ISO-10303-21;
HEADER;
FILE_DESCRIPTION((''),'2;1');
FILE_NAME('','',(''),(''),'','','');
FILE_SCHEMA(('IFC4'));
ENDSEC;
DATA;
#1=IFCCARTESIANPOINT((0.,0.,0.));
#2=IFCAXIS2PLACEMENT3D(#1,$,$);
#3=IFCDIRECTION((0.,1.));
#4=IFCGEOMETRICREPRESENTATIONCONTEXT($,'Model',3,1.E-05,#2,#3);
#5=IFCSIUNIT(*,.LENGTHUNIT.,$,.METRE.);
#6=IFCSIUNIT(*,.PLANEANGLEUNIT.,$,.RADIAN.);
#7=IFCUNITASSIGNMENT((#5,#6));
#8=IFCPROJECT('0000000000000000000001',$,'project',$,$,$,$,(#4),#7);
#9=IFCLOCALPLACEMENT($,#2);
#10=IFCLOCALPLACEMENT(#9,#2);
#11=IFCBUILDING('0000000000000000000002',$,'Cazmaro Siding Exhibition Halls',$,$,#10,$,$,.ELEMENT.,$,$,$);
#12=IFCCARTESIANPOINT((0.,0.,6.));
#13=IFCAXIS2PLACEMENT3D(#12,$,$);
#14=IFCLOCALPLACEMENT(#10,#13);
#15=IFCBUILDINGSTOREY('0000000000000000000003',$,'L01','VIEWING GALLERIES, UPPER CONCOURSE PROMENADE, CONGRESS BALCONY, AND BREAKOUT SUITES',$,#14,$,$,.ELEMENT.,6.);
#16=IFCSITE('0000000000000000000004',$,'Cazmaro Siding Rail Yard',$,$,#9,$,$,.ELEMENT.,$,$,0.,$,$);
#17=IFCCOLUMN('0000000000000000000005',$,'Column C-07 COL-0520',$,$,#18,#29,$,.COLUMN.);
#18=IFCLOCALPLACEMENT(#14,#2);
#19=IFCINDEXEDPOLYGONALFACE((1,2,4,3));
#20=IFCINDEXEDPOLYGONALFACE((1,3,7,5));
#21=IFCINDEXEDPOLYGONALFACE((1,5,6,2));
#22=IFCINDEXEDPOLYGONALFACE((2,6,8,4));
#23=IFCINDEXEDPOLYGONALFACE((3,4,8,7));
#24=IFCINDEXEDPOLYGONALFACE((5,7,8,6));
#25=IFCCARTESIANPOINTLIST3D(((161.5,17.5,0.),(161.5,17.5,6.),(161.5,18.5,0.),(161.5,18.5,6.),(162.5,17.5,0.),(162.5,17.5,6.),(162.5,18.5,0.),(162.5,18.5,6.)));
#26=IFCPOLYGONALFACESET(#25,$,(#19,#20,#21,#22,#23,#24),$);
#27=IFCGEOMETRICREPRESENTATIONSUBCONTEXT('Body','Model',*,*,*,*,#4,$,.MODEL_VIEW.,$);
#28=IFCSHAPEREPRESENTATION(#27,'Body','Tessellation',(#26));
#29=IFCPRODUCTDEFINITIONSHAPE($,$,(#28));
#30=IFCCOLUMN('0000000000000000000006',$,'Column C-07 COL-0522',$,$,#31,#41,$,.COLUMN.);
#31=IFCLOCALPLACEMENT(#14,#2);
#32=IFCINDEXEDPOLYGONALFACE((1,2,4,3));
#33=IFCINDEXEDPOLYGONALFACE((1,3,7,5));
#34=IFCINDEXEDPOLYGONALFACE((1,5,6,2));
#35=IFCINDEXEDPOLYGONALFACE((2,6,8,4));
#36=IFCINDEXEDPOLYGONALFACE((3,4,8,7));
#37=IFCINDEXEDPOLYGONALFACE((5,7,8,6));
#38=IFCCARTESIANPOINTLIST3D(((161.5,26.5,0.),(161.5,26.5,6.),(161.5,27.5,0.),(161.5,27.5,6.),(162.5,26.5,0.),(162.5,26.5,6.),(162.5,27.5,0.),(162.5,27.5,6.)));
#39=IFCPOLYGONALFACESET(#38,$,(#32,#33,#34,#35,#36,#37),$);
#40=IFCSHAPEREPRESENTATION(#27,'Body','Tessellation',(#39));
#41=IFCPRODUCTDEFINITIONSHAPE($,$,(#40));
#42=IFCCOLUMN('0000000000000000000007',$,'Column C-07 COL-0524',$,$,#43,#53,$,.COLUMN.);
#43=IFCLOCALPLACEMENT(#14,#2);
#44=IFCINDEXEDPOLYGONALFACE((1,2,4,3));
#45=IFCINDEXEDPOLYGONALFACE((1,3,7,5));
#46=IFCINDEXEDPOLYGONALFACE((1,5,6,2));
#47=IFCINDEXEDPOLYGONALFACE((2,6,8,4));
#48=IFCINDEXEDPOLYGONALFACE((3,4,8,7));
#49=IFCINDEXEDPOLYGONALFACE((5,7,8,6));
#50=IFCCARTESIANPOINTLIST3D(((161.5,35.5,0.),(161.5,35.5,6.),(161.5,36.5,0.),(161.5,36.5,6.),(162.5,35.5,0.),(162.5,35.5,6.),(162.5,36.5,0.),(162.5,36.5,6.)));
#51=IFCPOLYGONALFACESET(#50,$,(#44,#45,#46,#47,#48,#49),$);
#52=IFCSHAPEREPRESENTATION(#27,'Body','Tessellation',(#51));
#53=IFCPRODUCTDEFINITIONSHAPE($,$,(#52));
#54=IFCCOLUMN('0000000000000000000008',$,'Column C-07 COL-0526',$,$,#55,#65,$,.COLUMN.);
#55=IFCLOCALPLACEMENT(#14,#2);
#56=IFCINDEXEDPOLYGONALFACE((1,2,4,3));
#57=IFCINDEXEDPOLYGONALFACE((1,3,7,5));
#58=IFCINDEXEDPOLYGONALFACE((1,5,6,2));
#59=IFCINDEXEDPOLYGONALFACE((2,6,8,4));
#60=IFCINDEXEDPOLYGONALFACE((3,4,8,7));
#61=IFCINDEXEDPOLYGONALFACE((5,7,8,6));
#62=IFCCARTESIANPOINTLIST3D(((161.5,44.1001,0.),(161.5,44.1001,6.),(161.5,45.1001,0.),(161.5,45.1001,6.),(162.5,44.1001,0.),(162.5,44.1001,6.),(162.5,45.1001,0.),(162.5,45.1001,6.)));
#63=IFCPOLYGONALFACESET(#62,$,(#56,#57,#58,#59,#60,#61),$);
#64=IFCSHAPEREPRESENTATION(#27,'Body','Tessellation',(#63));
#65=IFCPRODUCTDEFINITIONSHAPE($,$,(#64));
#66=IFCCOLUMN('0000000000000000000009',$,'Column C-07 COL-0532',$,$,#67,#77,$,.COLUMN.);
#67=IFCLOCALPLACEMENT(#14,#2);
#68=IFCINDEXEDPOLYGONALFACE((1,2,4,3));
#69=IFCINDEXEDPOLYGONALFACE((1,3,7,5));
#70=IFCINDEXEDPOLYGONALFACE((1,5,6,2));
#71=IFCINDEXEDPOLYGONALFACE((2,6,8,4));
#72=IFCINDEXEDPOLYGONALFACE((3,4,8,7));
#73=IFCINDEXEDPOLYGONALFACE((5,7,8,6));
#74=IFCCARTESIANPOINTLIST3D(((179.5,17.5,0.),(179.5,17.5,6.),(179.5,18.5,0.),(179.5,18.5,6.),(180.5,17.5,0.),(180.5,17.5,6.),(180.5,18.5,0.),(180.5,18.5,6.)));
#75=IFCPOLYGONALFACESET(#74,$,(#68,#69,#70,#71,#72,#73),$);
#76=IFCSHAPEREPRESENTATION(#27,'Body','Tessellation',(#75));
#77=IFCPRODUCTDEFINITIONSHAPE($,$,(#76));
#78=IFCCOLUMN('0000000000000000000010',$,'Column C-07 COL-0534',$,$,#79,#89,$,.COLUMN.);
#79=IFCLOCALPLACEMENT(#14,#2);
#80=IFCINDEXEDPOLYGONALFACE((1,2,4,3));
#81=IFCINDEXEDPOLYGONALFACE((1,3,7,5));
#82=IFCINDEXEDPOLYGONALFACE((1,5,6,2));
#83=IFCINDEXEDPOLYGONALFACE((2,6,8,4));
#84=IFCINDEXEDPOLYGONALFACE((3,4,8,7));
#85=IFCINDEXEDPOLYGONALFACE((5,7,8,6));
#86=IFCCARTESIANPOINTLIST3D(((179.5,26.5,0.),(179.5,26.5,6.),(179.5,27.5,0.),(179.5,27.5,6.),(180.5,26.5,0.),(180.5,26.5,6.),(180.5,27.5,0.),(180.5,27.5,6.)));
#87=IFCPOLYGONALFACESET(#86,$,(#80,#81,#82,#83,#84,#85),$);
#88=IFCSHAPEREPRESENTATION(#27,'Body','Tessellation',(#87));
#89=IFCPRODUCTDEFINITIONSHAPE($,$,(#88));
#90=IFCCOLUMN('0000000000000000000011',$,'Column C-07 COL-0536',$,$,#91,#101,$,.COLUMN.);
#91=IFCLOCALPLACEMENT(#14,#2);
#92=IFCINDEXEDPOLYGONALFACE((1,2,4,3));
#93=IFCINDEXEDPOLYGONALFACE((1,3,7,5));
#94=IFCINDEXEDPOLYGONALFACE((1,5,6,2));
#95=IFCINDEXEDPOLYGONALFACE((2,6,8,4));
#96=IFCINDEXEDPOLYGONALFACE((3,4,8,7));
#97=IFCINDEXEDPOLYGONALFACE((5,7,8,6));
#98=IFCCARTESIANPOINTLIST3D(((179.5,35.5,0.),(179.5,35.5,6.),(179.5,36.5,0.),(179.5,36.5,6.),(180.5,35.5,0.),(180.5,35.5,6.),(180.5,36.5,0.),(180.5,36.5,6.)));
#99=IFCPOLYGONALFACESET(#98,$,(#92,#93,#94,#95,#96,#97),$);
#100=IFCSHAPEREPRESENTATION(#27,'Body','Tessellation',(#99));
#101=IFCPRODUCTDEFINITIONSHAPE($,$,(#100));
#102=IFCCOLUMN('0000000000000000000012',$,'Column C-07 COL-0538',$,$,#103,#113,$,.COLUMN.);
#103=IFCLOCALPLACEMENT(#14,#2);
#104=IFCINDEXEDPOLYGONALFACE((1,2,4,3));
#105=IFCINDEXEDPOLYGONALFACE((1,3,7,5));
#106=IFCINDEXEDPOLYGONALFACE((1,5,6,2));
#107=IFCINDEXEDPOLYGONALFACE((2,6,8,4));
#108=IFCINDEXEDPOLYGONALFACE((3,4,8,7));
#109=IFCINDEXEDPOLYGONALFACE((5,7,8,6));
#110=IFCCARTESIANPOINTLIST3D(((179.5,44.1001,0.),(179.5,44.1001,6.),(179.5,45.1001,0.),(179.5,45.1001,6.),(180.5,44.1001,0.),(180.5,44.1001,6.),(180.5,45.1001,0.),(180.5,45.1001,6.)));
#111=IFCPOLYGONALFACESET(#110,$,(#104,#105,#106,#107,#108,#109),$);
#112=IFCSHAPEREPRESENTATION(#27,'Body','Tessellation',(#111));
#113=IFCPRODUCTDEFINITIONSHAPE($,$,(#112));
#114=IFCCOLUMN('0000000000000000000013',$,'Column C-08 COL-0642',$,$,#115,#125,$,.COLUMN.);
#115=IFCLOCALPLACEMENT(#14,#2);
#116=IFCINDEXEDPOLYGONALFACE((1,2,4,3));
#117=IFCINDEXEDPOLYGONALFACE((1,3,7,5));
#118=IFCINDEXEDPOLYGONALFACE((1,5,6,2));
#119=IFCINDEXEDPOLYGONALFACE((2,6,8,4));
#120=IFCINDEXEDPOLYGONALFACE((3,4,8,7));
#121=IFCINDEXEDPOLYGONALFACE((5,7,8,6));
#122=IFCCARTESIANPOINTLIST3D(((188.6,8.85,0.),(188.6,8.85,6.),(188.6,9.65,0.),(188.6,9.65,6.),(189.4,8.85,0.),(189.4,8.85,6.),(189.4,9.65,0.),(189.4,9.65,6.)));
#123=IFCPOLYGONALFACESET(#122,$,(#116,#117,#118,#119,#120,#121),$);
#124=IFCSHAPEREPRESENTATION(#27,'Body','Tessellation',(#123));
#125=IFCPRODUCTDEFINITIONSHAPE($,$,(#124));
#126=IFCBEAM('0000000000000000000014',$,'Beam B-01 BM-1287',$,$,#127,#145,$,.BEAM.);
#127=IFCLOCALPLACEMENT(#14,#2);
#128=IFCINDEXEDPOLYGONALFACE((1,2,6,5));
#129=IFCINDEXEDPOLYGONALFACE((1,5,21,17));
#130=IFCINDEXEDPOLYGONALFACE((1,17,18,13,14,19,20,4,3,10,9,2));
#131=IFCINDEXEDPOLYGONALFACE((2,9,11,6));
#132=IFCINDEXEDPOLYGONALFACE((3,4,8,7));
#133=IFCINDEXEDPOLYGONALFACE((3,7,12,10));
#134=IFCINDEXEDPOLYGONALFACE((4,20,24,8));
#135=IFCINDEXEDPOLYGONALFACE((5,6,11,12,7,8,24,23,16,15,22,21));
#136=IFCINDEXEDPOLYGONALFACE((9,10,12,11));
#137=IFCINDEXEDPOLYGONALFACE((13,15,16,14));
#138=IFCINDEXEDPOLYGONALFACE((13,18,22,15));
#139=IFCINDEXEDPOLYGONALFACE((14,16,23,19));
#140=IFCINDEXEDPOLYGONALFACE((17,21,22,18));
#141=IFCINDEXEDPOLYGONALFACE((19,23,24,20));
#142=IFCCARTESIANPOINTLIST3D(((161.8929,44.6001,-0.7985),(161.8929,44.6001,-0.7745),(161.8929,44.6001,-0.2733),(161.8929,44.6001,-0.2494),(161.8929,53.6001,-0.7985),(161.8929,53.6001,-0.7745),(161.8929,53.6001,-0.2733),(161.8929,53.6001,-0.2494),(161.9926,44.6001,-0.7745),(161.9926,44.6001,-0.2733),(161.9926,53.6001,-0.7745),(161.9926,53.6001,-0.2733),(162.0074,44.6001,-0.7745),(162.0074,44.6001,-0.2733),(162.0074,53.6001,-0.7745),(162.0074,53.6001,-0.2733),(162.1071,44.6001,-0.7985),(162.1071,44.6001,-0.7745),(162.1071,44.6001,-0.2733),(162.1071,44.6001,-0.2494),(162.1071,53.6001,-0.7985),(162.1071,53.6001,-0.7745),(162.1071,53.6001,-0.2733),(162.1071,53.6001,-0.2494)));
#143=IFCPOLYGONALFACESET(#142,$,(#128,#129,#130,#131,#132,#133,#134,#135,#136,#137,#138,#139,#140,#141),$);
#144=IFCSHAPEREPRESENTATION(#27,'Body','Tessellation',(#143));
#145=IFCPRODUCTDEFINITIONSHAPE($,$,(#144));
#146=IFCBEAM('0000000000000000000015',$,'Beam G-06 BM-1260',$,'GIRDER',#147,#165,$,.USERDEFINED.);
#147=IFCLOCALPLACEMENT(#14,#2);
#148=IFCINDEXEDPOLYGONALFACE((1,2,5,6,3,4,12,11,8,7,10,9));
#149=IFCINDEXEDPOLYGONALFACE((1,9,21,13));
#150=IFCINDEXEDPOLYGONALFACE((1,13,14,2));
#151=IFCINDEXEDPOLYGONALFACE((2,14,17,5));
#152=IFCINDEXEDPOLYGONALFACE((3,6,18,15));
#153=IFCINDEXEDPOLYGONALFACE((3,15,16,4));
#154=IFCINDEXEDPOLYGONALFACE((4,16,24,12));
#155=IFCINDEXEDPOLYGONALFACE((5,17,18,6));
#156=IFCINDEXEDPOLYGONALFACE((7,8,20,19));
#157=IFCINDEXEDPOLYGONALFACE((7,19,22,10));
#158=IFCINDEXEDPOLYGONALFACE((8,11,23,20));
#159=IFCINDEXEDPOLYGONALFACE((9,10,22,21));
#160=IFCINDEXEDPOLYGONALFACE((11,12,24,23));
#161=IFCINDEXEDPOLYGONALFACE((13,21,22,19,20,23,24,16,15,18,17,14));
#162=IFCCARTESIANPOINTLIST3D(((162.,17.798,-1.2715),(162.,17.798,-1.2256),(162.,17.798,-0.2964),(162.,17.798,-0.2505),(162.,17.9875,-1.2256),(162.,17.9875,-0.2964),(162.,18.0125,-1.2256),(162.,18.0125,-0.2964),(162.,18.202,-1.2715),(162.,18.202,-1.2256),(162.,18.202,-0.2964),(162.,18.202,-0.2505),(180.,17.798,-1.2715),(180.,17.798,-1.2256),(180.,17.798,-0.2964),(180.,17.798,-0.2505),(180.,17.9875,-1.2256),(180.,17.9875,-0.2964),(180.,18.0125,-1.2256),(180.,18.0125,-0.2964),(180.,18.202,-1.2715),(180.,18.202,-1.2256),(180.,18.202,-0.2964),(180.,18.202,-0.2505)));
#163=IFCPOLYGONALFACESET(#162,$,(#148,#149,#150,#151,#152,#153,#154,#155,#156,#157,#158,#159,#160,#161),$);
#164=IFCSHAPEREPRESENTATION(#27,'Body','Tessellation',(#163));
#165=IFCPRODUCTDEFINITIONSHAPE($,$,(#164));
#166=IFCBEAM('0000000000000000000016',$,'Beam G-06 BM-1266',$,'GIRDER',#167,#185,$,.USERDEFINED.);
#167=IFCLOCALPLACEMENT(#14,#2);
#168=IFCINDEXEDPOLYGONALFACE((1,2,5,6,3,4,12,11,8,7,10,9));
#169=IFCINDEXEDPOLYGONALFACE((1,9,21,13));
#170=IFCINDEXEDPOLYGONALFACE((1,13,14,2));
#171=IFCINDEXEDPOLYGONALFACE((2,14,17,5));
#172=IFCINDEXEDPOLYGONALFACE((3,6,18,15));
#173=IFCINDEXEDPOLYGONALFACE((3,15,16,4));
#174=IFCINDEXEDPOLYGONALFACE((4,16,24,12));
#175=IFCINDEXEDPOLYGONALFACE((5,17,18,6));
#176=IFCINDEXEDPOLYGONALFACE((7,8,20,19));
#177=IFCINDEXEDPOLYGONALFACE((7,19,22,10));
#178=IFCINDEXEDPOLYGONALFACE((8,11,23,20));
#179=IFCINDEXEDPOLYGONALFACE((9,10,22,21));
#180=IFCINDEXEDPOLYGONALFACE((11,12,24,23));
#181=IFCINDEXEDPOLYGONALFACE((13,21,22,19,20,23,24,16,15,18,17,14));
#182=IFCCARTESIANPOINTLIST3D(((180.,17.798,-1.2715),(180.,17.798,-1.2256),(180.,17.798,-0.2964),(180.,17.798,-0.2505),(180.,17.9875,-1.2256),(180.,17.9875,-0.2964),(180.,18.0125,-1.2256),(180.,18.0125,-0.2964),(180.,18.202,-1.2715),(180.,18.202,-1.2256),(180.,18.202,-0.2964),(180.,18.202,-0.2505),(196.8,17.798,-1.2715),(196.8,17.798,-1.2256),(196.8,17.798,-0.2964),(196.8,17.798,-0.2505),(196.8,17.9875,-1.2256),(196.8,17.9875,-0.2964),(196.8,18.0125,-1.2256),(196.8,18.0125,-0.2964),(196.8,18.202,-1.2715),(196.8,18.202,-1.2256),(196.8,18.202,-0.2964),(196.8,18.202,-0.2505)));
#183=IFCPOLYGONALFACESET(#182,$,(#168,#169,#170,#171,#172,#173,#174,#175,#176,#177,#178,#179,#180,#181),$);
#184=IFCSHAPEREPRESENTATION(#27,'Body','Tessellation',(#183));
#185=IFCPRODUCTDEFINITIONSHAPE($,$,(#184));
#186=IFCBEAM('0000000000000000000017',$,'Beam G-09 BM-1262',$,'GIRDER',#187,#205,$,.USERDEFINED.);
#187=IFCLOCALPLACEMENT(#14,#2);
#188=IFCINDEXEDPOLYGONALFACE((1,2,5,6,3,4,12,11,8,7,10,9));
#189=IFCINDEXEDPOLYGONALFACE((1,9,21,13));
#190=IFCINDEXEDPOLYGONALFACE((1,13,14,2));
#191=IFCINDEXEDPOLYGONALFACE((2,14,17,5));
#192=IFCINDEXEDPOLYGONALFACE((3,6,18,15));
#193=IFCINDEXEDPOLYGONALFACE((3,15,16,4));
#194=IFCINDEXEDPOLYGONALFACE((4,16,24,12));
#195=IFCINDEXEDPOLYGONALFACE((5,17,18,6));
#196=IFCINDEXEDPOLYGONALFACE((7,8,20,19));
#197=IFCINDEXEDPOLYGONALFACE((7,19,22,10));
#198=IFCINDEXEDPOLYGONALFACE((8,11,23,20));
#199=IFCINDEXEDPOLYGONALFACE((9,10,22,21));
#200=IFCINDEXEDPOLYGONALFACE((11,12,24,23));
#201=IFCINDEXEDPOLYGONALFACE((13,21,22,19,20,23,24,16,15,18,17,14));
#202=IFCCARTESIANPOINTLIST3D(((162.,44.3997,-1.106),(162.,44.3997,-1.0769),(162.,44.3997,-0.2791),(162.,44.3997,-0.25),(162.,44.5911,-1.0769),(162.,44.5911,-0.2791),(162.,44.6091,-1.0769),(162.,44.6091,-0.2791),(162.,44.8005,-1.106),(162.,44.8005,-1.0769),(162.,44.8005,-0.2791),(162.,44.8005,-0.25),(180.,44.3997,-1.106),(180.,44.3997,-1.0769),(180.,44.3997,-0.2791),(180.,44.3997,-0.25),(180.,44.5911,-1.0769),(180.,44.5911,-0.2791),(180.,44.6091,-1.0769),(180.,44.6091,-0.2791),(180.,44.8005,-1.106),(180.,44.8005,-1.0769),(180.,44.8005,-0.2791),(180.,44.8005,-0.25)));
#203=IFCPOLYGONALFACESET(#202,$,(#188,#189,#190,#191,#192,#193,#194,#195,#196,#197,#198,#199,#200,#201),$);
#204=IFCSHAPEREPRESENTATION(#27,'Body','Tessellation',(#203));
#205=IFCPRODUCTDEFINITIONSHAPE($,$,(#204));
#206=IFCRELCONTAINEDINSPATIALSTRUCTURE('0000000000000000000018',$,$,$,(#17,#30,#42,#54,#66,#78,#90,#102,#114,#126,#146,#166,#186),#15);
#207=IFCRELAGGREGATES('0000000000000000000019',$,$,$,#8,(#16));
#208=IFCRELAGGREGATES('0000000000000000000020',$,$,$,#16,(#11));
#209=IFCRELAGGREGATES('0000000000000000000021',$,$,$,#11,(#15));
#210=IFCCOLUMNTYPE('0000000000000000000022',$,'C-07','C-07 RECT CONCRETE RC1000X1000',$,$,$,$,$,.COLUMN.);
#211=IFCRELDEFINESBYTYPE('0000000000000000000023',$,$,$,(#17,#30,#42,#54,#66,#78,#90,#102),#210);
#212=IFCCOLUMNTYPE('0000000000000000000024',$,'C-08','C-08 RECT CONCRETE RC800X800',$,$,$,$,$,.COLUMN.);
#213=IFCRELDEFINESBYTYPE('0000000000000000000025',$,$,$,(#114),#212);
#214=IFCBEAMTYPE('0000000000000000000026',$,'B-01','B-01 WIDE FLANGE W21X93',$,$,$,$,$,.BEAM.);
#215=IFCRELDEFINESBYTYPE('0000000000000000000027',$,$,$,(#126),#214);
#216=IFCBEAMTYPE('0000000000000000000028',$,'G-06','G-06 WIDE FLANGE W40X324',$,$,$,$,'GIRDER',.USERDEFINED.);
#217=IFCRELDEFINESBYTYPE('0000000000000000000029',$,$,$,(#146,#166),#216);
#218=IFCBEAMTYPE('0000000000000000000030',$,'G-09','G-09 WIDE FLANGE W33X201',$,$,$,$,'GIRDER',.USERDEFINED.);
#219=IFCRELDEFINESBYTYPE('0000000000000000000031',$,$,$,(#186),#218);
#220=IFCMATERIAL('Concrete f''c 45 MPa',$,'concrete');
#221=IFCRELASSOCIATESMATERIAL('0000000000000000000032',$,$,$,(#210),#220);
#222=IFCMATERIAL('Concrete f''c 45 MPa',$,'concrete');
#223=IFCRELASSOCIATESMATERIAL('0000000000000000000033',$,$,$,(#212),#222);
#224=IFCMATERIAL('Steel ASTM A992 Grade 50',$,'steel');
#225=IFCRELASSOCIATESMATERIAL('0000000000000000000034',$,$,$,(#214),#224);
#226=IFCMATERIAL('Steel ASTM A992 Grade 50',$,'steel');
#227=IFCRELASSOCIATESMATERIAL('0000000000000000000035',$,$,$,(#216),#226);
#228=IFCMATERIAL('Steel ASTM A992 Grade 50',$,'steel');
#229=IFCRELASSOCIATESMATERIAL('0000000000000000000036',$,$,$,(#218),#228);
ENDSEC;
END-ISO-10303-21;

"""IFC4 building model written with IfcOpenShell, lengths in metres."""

from ifc_helpers import new_model, si_unit, direction, frame, origin, origin_2d, place, context, subcontext, project, spatial, rectangle, i_section, extrude, material, material_profile, profile_set, type_object, element, save


model = new_model("IFC4")

# Units and contexts
model_context = context("Model", 3, precision=1e-05, world=origin(), true_north=direction((0.0, 1.0)))
body_context = subcontext(model_context, "Body", "Model", "MODEL_VIEW")
ifc_project = project(units=[si_unit("LENGTHUNIT", "METRE"), si_unit("PLANEANGLEUNIT", "RADIAN")], contexts=[model_context])

# Site, building, storey
site_placement = place(None, origin())
site = spatial("IfcSite", under=ifc_project, at=site_placement, Name="Cazmaro Siding Rail Yard", CompositionType="ELEMENT", RefElevation=0.0)
building_placement = place(site_placement, origin())
building = spatial("IfcBuilding", under=site, at=building_placement, Name="Cazmaro Siding Exhibition Halls", CompositionType="ELEMENT")
storey_placement = place(building_placement, frame((0.0, 0.0, 6.0)))
storey = spatial("IfcBuildingStorey", under=building, at=storey_placement, Name="L01", Description="VIEWING GALLERIES, UPPER CONCOURSE PROMENADE, CONGRESS BALCONY, AND BREAKOUT SUITES", CompositionType="ELEMENT", Elevation=6.0)

# Columns
ifc_material_1 = material(Name="Concrete f'c 45 MPa", Category="concrete")
ifc_material_profile_1 = material_profile(ifc_material_1, rectangle(XDim=1.0, YDim=1.0, at=origin_2d()), Name="RC1000X1000")
ifc_profile_set_1 = profile_set([ifc_material_profile_1], Name="Concrete f'c 45 MPa")
column_type_1 = type_object("IfcColumnType", Name="C-07", Description="C-07 RECT CONCRETE RC1000X1000", PredefinedType="COLUMN", material=ifc_profile_set_1)
for number, where, z_axis, x_axis, name in (
    (1, (162.0, 18.0, 0.0), (0.0, 0.0, 1.0), (1.0, 0.0, 0.0), "Column C-07 COL-0520"),
    (2, (162.0, 27.0, 0.0), (0.0, 0.0, 1.0), (1.0, 0.0, 0.0), "Column C-07 COL-0522"),
    (3, (162.0, 36.0, 0.0), (0.0, 0.0, 1.0), (1.0, 0.0, 0.0), "Column C-07 COL-0524"),
    (4, (162.0, 44.6001, 0.0), (0.0, 0.0, 1.0), (1.0, 0.0, 0.0), "Column C-07 COL-0526"),
    (5, (180.0, 18.0, 0.0), (0.0, 0.0, 1.0), (1.0, 0.0, 0.0), "Column C-07 COL-0532"),
    (6, (180.0, 27.0, 0.0), (0.0, 0.0, 1.0), (1.0, 0.0, 0.0), "Column C-07 COL-0534"),
    (7, (180.0, 36.0, 0.0), (0.0, 0.0, 1.0), (1.0, 0.0, 0.0), "Column C-07 COL-0536"),
    (8, (180.0, 44.6001, 0.0), (0.0, 0.0, 1.0), (1.0, 0.0, 0.0), "Column C-07 COL-0538"),
):
    element("IfcColumn", number, at=place(storey_placement, frame(where, z_axis=z_axis, x_axis=x_axis)), inside=storey, type_object=column_type_1, Name=name, PredefinedType="COLUMN", context=body_context, shape_type="SweptSolid", body=[
        extrude(rectangle(XDim=1.0, YDim=1.0, at=origin_2d()), origin(), (0.0, 0.0, 1.0), 6.0),
    ])
ifc_material_2 = material(Name="Concrete f'c 45 MPa", Category="concrete")
ifc_material_profile_2 = material_profile(ifc_material_2, rectangle(XDim=0.8, YDim=0.8, at=origin_2d()), Name="RC800X800")
ifc_profile_set_2 = profile_set([ifc_material_profile_2], Name="Concrete f'c 45 MPa")
column_type_2 = type_object("IfcColumnType", Name="C-08", Description="C-08 RECT CONCRETE RC800X800", PredefinedType="COLUMN", material=ifc_profile_set_2)
column_placement = place(storey_placement, frame((189.0, 9.25, 0.0), z_axis=(0.0, 0.0, 1.0), x_axis=(1.0, 0.0, 0.0)))
element("IfcColumn", 9, at=column_placement, inside=storey, type_object=column_type_2, Name="Column C-08 COL-0642", PredefinedType="COLUMN", context=body_context, shape_type="SweptSolid", body=[
    extrude(rectangle(XDim=0.8, YDim=0.8, at=origin_2d()), origin(), (0.0, 0.0, 1.0), 6.0),
])

# Beams
ifc_material_3 = material(Name="Steel ASTM A992 Grade 50", Category="steel")
ifc_material_profile_3 = material_profile(ifc_material_3, i_section(OverallWidth=0.2141, OverallDepth=0.5491, WebThickness=0.0149, FlangeThickness=0.0239, at=origin_2d()), Name="W21X93")
ifc_profile_set_3 = profile_set([ifc_material_profile_3], Name="Steel ASTM A992 Grade 50")
beam_type_1 = type_object("IfcBeamType", Name="B-01", Description="B-01 WIDE FLANGE W21X93", PredefinedType="BEAM", material=ifc_profile_set_3)
beam_1_placement = place(storey_placement, frame((162.0, 44.6001, -0.5239), z_axis=(0.0, 1.0, 0.0), x_axis=(-1.0, 0.0, 0.0)))
element("IfcBeam", 10, at=beam_1_placement, inside=storey, type_object=beam_type_1, Name="Beam B-01 BM-1287", PredefinedType="BEAM", context=body_context, shape_type="SweptSolid", body=[
    extrude(i_section(OverallWidth=0.2141, OverallDepth=0.5491, WebThickness=0.0149, FlangeThickness=0.0239, at=origin_2d()), origin(), (0.0, 0.0, 1.0), 9.0),
])
ifc_material_4 = material(Name="Steel ASTM A992 Grade 50", Category="steel")
ifc_material_profile_4 = material_profile(ifc_material_4, i_section(OverallWidth=0.4041, OverallDepth=1.021, WebThickness=0.0249, FlangeThickness=0.0459, at=origin_2d()), Name="W40X324")
ifc_profile_set_4 = profile_set([ifc_material_profile_4], Name="Steel ASTM A992 Grade 50")
beam_type_2 = type_object("IfcBeamType", Name="G-06", Description="G-06 WIDE FLANGE W40X324", ElementType="GIRDER", PredefinedType="USERDEFINED", material=ifc_profile_set_4)
beam_2_placement = place(storey_placement, frame((162.0, 18.0, -0.761), z_axis=(1.0, 0.0, 0.0), x_axis=(0.0, 1.0, 0.0)))
element("IfcBeam", 11, at=beam_2_placement, inside=storey, type_object=beam_type_2, Name="Beam G-06 BM-1260", ObjectType="GIRDER", PredefinedType="USERDEFINED", context=body_context, shape_type="SweptSolid", body=[
    extrude(i_section(OverallWidth=0.4041, OverallDepth=1.021, WebThickness=0.0249, FlangeThickness=0.0459, at=origin_2d()), origin(), (0.0, 0.0, 1.0), 18.0),
])
beam_3_placement = place(storey_placement, frame((180.0, 18.0, -0.761), z_axis=(1.0, 0.0, 0.0), x_axis=(0.0, 1.0, 0.0)))
element("IfcBeam", 12, at=beam_3_placement, inside=storey, type_object=beam_type_2, Name="Beam G-06 BM-1266", ObjectType="GIRDER", PredefinedType="USERDEFINED", context=body_context, shape_type="SweptSolid", body=[
    extrude(i_section(OverallWidth=0.4041, OverallDepth=1.021, WebThickness=0.0249, FlangeThickness=0.0459, at=origin_2d()), origin(), (0.0, 0.0, 1.0), 16.8),
])
ifc_material_5 = material(Name="Steel ASTM A992 Grade 50", Category="steel")
ifc_material_profile_5 = material_profile(ifc_material_5, i_section(OverallWidth=0.4009, OverallDepth=0.856, WebThickness=0.0181, FlangeThickness=0.0291, at=origin_2d()), Name="W33X201")
ifc_profile_set_5 = profile_set([ifc_material_profile_5], Name="Steel ASTM A992 Grade 50")
beam_type_3 = type_object("IfcBeamType", Name="G-09", Description="G-09 WIDE FLANGE W33X201", ElementType="GIRDER", PredefinedType="USERDEFINED", material=ifc_profile_set_5)
beam_4_placement = place(storey_placement, frame((162.0, 44.6001, -0.678), z_axis=(1.0, 0.0, 0.0), x_axis=(0.0, 1.0, 0.0)))
element("IfcBeam", 13, at=beam_4_placement, inside=storey, type_object=beam_type_3, Name="Beam G-09 BM-1262", ObjectType="GIRDER", PredefinedType="USERDEFINED", context=body_context, shape_type="SweptSolid", body=[
    extrude(i_section(OverallWidth=0.4009, OverallDepth=0.856, WebThickness=0.0181, FlangeThickness=0.0291, at=origin_2d()), origin(), (0.0, 0.0, 1.0), 18.0),
])

save(model, "model.ifc")
